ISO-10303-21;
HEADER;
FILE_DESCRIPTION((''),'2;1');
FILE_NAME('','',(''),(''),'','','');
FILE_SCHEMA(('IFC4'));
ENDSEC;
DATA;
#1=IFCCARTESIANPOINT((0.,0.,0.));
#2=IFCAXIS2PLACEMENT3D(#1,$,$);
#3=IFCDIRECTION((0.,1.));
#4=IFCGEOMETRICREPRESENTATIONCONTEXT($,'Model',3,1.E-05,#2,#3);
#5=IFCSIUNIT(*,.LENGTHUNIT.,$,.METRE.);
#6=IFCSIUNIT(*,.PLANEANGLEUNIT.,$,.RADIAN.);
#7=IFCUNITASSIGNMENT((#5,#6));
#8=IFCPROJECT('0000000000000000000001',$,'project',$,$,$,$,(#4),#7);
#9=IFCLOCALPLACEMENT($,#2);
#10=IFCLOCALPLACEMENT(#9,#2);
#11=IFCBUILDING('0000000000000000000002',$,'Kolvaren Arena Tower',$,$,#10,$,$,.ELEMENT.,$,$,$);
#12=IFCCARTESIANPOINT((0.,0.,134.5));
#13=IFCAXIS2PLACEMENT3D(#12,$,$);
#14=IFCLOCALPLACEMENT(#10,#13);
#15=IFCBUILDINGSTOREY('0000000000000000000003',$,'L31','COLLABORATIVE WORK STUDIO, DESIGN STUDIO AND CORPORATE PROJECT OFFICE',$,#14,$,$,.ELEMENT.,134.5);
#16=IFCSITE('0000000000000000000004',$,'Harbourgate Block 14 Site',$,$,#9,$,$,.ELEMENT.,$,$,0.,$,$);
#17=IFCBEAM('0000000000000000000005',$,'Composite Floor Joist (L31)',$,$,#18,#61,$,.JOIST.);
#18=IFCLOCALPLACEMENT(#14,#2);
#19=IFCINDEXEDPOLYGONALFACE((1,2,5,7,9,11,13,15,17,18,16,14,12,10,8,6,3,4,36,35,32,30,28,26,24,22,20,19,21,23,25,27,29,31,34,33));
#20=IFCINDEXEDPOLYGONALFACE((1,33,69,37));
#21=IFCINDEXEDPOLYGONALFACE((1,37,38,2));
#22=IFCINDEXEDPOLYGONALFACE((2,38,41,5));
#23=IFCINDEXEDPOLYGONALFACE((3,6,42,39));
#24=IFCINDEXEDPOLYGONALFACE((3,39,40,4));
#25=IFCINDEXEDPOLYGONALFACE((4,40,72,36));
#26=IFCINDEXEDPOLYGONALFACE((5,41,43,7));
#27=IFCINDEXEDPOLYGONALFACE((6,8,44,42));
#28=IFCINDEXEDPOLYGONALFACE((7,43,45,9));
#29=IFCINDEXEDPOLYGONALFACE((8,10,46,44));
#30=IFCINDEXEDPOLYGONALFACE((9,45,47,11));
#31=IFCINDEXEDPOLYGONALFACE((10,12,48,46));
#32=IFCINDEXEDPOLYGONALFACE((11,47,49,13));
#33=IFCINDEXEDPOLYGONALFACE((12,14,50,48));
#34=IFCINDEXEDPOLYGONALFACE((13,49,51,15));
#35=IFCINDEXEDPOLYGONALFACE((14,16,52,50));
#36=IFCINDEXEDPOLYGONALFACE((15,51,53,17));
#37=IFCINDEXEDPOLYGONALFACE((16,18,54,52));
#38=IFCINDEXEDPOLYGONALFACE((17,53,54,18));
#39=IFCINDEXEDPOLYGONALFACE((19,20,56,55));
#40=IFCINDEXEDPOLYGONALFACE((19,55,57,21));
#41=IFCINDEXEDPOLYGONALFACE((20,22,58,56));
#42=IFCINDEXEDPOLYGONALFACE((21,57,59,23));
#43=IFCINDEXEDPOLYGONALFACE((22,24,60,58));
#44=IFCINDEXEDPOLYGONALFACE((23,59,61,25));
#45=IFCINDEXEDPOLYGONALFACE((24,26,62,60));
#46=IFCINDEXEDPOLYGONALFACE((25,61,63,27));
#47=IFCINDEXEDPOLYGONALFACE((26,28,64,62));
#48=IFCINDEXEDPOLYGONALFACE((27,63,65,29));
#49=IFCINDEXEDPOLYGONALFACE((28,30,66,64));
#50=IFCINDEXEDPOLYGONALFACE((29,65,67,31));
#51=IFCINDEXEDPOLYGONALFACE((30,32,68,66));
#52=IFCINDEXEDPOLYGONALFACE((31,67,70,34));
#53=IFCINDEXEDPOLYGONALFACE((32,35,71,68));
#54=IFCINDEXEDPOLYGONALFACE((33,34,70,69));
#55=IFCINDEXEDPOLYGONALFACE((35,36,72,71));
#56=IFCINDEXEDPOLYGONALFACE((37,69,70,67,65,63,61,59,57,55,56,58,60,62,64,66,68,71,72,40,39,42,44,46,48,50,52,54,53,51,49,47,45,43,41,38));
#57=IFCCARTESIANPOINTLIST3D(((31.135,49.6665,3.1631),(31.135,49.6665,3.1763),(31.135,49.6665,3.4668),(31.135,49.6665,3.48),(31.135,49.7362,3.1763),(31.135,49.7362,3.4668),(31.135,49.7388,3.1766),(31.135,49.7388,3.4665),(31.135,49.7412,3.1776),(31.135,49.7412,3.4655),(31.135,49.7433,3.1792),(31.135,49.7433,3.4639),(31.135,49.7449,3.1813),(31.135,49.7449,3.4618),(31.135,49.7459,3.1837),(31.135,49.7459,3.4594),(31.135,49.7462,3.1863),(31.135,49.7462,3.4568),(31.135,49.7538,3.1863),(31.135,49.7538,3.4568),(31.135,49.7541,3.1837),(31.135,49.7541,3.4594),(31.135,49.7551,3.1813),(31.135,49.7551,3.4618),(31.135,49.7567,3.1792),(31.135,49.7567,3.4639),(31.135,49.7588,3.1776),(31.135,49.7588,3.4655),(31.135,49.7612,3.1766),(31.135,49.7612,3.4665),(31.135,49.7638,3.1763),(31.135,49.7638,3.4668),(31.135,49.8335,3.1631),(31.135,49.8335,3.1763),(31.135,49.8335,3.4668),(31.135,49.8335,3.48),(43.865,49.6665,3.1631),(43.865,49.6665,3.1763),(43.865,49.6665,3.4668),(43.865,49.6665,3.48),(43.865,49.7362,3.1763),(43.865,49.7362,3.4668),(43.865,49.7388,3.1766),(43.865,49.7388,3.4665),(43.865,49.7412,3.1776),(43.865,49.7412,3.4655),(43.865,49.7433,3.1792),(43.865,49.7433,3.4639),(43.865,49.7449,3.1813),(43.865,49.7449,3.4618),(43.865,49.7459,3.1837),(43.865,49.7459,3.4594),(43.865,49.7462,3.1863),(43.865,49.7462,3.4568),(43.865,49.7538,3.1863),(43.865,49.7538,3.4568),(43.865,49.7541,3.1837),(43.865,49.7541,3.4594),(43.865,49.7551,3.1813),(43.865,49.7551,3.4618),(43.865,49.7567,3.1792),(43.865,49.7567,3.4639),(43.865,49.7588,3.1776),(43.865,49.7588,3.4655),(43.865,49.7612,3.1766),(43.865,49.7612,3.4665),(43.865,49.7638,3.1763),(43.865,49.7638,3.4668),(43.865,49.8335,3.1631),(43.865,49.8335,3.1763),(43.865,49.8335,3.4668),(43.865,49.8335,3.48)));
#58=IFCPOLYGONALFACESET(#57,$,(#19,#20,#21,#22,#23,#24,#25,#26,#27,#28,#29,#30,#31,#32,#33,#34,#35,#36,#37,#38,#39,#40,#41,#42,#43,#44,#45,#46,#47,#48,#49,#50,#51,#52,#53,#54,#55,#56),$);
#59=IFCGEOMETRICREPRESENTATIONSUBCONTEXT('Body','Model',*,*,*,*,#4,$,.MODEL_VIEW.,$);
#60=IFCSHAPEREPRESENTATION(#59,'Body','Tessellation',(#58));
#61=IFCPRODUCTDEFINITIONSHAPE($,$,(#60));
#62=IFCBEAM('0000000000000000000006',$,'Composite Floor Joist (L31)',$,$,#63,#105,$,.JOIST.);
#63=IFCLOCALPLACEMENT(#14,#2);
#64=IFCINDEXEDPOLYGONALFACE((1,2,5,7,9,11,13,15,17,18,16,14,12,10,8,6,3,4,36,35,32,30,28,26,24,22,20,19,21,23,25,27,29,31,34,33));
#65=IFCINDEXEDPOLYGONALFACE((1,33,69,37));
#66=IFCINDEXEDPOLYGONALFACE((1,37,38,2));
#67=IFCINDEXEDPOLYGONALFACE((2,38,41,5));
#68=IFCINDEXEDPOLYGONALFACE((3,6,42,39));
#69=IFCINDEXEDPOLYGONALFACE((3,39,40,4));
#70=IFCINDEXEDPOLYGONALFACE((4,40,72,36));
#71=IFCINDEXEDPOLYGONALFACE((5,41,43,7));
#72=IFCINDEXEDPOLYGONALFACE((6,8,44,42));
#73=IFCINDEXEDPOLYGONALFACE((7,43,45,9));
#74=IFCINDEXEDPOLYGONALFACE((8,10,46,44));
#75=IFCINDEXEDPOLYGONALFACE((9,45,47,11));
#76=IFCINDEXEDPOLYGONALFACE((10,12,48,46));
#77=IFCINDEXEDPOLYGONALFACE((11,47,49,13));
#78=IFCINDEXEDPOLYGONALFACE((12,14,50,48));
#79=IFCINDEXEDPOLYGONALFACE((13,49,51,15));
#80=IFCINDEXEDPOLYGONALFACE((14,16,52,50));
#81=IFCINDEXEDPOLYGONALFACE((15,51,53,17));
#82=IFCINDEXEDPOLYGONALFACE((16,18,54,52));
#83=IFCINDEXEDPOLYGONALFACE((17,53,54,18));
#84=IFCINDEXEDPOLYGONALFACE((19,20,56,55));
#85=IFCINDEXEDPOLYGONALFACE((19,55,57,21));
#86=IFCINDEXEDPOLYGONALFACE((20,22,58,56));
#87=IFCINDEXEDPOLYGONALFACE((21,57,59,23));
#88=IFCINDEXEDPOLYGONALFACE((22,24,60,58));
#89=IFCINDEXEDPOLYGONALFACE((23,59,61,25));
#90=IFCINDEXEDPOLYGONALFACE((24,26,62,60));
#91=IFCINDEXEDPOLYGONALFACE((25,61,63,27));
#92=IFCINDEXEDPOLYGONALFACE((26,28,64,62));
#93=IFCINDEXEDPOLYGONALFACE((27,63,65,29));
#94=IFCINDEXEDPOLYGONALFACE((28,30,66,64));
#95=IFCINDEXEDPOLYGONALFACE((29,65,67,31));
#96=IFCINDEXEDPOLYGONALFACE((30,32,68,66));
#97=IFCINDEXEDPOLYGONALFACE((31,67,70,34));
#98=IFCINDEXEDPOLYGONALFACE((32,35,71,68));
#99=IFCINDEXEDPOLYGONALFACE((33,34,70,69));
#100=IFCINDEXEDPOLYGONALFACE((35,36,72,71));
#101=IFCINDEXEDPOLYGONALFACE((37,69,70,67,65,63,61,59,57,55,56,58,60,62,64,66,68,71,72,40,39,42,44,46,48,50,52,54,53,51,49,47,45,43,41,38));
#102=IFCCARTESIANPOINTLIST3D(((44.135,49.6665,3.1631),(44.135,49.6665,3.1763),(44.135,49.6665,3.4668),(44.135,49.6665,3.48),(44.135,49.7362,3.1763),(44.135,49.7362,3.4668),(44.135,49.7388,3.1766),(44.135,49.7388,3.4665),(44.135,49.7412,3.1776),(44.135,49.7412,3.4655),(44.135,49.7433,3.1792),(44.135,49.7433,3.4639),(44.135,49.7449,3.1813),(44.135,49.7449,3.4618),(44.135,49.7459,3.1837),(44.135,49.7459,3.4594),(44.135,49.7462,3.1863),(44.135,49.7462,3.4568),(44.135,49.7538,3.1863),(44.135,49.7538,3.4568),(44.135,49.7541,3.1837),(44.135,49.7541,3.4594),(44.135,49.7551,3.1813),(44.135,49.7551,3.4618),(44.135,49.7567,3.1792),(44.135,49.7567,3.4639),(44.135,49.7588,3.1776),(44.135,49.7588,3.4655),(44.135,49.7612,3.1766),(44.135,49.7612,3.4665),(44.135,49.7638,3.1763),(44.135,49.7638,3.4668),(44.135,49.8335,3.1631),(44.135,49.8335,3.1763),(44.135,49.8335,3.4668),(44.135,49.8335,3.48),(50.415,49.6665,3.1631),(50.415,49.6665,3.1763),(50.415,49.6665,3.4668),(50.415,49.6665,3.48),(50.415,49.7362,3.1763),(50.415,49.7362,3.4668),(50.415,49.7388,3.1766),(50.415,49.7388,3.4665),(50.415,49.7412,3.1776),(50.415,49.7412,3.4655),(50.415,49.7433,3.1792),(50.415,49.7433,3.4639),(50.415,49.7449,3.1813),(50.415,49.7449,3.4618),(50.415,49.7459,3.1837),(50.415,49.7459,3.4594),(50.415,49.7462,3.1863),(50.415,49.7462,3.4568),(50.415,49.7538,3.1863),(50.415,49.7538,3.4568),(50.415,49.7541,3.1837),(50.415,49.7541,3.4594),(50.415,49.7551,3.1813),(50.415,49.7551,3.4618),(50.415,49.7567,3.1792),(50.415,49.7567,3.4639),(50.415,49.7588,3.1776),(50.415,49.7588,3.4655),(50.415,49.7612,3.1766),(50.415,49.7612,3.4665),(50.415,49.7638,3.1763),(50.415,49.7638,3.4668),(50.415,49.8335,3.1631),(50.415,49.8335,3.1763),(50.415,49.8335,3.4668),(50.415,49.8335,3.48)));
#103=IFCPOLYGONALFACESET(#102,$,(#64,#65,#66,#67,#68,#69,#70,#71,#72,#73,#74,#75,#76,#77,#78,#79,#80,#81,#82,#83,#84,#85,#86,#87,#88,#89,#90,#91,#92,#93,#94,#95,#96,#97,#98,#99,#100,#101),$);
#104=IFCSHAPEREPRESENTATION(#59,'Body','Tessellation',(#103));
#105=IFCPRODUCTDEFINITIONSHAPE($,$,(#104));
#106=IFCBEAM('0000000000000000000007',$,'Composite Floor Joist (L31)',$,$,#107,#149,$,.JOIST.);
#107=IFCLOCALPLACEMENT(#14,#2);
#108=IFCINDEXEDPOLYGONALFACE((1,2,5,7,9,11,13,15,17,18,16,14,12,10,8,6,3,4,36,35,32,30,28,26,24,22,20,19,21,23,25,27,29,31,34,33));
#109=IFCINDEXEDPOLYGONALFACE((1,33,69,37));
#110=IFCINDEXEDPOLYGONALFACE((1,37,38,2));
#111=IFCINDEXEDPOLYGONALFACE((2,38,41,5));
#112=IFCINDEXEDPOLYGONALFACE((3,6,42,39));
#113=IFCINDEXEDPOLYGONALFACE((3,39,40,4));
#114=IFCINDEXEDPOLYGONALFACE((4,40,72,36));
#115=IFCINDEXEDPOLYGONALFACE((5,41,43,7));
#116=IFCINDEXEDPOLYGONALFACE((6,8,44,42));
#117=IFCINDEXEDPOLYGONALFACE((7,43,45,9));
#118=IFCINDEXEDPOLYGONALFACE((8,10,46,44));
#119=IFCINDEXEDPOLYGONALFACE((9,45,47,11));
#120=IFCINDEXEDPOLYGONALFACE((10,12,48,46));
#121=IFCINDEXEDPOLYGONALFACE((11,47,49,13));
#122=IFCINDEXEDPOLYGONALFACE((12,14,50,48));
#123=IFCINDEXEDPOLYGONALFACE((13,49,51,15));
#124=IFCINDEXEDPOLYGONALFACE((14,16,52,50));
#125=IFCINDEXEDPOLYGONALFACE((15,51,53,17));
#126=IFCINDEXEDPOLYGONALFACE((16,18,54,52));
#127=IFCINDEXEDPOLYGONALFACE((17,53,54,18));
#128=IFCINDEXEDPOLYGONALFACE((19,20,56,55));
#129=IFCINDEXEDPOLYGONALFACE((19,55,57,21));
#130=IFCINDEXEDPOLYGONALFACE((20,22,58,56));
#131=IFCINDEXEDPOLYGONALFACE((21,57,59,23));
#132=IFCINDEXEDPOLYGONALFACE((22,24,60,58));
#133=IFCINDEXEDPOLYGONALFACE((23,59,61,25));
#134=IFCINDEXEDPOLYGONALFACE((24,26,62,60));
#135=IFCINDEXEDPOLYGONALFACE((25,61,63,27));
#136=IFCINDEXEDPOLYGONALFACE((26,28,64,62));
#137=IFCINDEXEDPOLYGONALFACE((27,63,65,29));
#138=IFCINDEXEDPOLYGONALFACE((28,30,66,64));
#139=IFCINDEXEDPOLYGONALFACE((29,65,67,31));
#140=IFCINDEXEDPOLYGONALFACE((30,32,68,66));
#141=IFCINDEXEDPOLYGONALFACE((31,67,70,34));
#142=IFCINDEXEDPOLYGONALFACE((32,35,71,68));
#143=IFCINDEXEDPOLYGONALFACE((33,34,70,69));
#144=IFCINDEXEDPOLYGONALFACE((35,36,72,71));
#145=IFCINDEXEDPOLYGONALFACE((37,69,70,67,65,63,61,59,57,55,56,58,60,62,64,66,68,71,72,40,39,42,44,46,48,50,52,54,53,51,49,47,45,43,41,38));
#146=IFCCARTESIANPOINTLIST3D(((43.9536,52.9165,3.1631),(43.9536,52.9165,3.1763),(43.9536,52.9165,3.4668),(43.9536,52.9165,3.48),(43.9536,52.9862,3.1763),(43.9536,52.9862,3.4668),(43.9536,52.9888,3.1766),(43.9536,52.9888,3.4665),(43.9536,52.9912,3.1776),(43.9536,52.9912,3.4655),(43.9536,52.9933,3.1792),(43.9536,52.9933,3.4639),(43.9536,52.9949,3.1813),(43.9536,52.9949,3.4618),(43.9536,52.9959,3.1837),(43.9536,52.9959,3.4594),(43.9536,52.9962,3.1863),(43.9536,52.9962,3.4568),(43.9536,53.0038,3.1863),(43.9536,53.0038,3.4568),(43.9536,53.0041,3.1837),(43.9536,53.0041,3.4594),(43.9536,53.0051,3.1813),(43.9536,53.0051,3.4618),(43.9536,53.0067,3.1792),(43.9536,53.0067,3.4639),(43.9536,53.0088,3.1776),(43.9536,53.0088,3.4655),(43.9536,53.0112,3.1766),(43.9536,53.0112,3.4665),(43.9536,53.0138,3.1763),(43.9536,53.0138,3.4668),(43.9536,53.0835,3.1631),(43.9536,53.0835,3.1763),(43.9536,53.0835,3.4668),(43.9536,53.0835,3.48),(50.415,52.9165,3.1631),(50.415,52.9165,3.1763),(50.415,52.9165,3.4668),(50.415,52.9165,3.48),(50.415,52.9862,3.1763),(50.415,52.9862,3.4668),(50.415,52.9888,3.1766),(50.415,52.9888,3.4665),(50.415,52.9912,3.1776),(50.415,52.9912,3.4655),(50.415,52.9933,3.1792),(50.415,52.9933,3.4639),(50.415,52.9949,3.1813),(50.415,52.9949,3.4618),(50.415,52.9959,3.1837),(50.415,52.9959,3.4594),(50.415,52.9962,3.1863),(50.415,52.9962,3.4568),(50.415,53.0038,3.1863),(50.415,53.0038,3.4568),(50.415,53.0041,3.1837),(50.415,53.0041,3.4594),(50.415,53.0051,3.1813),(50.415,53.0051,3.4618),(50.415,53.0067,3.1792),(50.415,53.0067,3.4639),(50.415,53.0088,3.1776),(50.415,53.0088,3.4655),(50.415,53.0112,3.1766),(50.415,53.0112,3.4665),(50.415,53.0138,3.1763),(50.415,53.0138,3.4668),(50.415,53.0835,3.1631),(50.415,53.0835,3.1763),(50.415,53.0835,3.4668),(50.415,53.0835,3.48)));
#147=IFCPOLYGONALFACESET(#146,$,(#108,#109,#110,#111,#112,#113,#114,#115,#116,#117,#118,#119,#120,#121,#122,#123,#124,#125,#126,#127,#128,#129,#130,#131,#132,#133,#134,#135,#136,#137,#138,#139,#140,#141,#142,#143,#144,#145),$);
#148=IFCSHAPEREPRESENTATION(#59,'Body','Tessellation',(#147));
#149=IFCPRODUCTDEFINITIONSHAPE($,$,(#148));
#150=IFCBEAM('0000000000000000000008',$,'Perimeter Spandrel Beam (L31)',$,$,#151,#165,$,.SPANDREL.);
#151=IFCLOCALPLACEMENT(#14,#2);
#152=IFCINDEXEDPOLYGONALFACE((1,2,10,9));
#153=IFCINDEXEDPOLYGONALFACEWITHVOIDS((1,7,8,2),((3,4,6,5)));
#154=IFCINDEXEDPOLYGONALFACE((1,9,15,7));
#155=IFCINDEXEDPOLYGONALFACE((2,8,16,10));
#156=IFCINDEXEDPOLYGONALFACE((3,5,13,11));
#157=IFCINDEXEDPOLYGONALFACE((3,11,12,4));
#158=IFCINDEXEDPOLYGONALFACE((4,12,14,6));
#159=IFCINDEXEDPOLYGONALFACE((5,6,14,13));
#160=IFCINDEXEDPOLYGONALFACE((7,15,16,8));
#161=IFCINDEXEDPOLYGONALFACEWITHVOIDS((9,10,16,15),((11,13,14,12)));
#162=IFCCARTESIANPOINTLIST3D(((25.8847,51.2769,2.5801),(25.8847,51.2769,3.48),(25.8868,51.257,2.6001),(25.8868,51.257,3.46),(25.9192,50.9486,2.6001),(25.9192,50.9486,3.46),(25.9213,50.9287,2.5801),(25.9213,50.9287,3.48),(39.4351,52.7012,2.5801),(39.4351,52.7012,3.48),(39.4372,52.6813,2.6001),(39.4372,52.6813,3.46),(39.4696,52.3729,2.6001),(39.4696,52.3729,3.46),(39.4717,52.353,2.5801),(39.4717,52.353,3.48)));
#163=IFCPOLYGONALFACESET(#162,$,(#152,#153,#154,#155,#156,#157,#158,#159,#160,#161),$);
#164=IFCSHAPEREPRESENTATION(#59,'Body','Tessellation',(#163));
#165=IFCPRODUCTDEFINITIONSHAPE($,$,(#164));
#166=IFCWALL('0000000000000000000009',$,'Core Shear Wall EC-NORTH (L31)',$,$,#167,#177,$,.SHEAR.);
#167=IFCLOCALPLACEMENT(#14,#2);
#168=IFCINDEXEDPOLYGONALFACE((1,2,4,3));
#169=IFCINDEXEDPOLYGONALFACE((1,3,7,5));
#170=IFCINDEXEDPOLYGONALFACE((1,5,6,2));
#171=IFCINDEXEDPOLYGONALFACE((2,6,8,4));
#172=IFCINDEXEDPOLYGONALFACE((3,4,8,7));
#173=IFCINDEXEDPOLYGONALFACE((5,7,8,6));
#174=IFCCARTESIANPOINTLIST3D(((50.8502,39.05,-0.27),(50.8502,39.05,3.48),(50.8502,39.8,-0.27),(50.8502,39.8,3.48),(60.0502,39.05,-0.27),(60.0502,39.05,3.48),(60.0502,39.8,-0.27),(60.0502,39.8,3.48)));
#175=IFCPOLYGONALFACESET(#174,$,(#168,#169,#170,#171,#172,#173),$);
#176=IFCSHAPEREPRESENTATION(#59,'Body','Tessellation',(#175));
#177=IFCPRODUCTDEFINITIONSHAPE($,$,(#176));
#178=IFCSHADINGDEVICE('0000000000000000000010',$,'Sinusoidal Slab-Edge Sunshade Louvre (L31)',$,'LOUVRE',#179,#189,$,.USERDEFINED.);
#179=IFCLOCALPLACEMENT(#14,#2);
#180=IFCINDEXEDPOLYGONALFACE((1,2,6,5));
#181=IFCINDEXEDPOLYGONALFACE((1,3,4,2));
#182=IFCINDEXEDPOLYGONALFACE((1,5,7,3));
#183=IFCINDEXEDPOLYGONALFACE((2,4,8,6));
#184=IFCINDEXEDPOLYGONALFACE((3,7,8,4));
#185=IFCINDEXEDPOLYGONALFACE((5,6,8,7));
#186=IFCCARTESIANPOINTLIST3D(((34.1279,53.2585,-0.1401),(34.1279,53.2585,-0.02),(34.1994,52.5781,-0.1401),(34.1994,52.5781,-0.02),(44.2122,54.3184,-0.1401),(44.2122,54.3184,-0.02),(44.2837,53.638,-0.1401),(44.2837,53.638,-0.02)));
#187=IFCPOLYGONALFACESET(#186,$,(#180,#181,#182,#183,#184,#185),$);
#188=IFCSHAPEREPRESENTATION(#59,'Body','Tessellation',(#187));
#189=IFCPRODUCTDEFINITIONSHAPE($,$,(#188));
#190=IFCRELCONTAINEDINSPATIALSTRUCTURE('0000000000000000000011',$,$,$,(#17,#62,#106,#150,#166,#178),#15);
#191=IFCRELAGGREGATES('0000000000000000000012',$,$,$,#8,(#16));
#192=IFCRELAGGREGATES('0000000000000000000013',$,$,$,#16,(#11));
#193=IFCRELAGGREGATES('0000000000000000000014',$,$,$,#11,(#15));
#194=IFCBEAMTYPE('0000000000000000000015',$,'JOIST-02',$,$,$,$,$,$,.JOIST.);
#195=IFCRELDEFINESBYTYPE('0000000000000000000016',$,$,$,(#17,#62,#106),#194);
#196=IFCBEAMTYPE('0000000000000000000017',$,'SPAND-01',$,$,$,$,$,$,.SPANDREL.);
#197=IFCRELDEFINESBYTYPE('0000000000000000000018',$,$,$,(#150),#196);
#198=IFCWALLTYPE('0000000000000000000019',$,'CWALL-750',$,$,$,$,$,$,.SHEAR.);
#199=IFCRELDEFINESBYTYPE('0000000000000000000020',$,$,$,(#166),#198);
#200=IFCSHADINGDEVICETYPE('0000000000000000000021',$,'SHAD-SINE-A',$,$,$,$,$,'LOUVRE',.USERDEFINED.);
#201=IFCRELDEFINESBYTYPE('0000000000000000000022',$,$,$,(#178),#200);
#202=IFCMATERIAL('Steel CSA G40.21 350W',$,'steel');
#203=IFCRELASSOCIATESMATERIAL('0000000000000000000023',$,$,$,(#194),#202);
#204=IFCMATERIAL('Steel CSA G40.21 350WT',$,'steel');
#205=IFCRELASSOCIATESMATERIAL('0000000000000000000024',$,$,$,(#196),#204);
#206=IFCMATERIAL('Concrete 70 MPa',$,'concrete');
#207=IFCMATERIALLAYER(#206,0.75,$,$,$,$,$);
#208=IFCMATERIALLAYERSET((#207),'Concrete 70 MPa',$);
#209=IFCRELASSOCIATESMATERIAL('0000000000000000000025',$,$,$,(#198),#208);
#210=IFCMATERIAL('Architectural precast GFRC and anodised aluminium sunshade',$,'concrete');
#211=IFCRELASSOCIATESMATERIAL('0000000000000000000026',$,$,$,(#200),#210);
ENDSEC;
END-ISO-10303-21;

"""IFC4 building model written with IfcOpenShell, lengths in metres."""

from ifc_helpers import new_model, si_unit, direction, frame, frame_2d, origin, origin_2d, place, context, subcontext, project, spatial, rectangle, hollow_rectangle, i_section, extrude, material, layer, layer_set, material_profile, profile_set, type_object, element, save


model = new_model("IFC4")

# Units and contexts
model_context = context("Model", 3, precision=1e-05, world=origin(), true_north=direction((0.0, 1.0)))
body_context = subcontext(model_context, "Body", "Model", "MODEL_VIEW")
ifc_project = project(units=[si_unit("LENGTHUNIT", "METRE"), si_unit("PLANEANGLEUNIT", "RADIAN")], contexts=[model_context])

# Site, building, storey
site_placement = place(None, origin())
site = spatial("IfcSite", under=ifc_project, at=site_placement, Name="Harbourgate Block 14 Site", CompositionType="ELEMENT", RefElevation=0.0)
building_placement = place(site_placement, origin())
building = spatial("IfcBuilding", under=site, at=building_placement, Name="Kolvaren Arena Tower", CompositionType="ELEMENT")
storey_placement = place(building_placement, frame((0.0, 0.0, 134.5)))
storey = spatial("IfcBuildingStorey", under=building, at=storey_placement, Name="L31", Description="COLLABORATIVE WORK STUDIO, DESIGN STUDIO AND CORPORATE PROJECT OFFICE", CompositionType="ELEMENT", Elevation=134.5)

# Beams
ifc_material_1 = material(Name="Steel CSA G40.21 350W", Category="steel")
ifc_material_profile_1 = material_profile(ifc_material_1, i_section(OverallWidth=0.167, OverallDepth=0.3169, WebThickness=0.0076, FlangeThickness=0.0132, FilletRadius=0.01, at=origin_2d()), Name="W310x52")
ifc_profile_set_1 = profile_set([ifc_material_profile_1], Name="Steel CSA G40.21 350W")
beam_type_1 = type_object("IfcBeamType", Name="JOIST-02", PredefinedType="JOIST", material=ifc_profile_set_1)
beam_1_placement = place(storey_placement, frame((31.135, 49.75, 3.3215), z_axis=(1.0, 0.0, 0.0), x_axis=(0.0, 1.0, 0.0)))
element("IfcBeam", 1, at=beam_1_placement, inside=storey, type_object=beam_type_1, Name="Composite Floor Joist (L31)", PredefinedType="JOIST", context=body_context, shape_type="SweptSolid", body=[
    extrude(i_section(OverallWidth=0.167, OverallDepth=0.3169, WebThickness=0.0076, FlangeThickness=0.0132, FilletRadius=0.01, at=origin_2d()), origin(), (0.0, 0.0, 1.0), 12.73),
])
beam_2_placement = place(storey_placement, frame((44.135, 49.75, 3.3215), z_axis=(1.0, 0.0, 0.0), x_axis=(0.0, 1.0, 0.0)))
element("IfcBeam", 2, at=beam_2_placement, inside=storey, type_object=beam_type_1, Name="Composite Floor Joist (L31)", PredefinedType="JOIST", context=body_context, shape_type="SweptSolid", body=[
    extrude(i_section(OverallWidth=0.167, OverallDepth=0.3169, WebThickness=0.0076, FlangeThickness=0.0132, FilletRadius=0.01, at=origin_2d()), origin(), (0.0, 0.0, 1.0), 6.28),
])
beam_3_placement = place(storey_placement, frame((43.9536, 53.0, 3.3215), z_axis=(1.0, 0.0, 0.0), x_axis=(0.0, 1.0, 0.0)))
element("IfcBeam", 3, at=beam_3_placement, inside=storey, type_object=beam_type_1, Name="Composite Floor Joist (L31)", PredefinedType="JOIST", context=body_context, shape_type="SweptSolid", body=[
    extrude(i_section(OverallWidth=0.167, OverallDepth=0.3169, WebThickness=0.0076, FlangeThickness=0.0132, FilletRadius=0.01, at=origin_2d()), origin(), (0.0, 0.0, 1.0), 6.4614),
])
ifc_material_2 = material(Name="Steel CSA G40.21 350WT", Category="steel")
ifc_material_profile_2 = material_profile(ifc_material_2, hollow_rectangle(XDim=0.3501, YDim=0.8999, WallThickness=0.02, at=origin_2d()), Name="HSS 900x350x20")
ifc_profile_set_2 = profile_set([ifc_material_profile_2], Name="Steel CSA G40.21 350WT")
beam_type_2 = type_object("IfcBeamType", Name="SPAND-01", PredefinedType="SPANDREL", material=ifc_profile_set_2)
beam_4_placement = place(storey_placement, frame((39.4534, 52.5271, 3.03), z_axis=(-0.994521, -0.104537, 0.0), x_axis=(0.104537, -0.994521, 0.0)))
element("IfcBeam", 4, at=beam_4_placement, inside=storey, type_object=beam_type_2, Name="Perimeter Spandrel Beam (L31)", PredefinedType="SPANDREL", context=body_context, shape_type="SweptSolid", body=[
    extrude(hollow_rectangle(XDim=0.3501, YDim=0.8999, WallThickness=0.02, at=origin_2d()), origin(), (0.0, 0.0, 1.0), 13.625),
])

# Wall
ifc_material_3 = material(Name="Concrete 70 MPa", Category="concrete")
ifc_layer = layer(ifc_material_3, 0.75)
ifc_layer_set = layer_set([ifc_layer], Name="Concrete 70 MPa")
wall_type = type_object("IfcWallType", Name="CWALL-750", PredefinedType="SHEAR", material=ifc_layer_set)
wall_placement = place(storey_placement, frame((50.8501, 39.425, -0.27), z_axis=(0.0, 0.0, 1.0), x_axis=(1.0, 0.0, 0.0)))
element("IfcWall", 5, at=wall_placement, inside=storey, type_object=wall_type, Name="Core Shear Wall EC-NORTH (L31)", PredefinedType="SHEAR", context=body_context, shape_type="SweptSolid", body=[
    extrude(rectangle(XDim=9.2, YDim=0.75, at=frame_2d((4.6001, 0.0))), origin(), (0.0, 0.0, 1.0), 3.75),
])

# Shading device
ifc_material_4 = material(Name="Architectural precast GFRC and anodised aluminium sunshade", Category="concrete")
shading_device_type_1 = type_object("IfcShadingDeviceType", Name="SHAD-SINE-A", ElementType="LOUVRE", PredefinedType="USERDEFINED", material=ifc_material_4)
shading_device_1_placement = place(storey_placement, frame((39.2058, 53.4482, -0.1401), z_axis=(0.0, 0.0, 1.0), x_axis=(0.994522, 0.104527, 0.0)))
element("IfcShadingDevice", 6, at=shading_device_1_placement, inside=storey, type_object=shading_device_type_1, Name="Sinusoidal Slab-Edge Sunshade Louvre (L31)", ObjectType="LOUVRE", PredefinedType="USERDEFINED", context=body_context, shape_type="SweptSolid", body=[
    extrude(rectangle(XDim=10.1399, YDim=0.6841, at=origin_2d()), origin(), (0.0, 0.0, 1.0), 0.1201),
])

save(model, "model.ifc")
